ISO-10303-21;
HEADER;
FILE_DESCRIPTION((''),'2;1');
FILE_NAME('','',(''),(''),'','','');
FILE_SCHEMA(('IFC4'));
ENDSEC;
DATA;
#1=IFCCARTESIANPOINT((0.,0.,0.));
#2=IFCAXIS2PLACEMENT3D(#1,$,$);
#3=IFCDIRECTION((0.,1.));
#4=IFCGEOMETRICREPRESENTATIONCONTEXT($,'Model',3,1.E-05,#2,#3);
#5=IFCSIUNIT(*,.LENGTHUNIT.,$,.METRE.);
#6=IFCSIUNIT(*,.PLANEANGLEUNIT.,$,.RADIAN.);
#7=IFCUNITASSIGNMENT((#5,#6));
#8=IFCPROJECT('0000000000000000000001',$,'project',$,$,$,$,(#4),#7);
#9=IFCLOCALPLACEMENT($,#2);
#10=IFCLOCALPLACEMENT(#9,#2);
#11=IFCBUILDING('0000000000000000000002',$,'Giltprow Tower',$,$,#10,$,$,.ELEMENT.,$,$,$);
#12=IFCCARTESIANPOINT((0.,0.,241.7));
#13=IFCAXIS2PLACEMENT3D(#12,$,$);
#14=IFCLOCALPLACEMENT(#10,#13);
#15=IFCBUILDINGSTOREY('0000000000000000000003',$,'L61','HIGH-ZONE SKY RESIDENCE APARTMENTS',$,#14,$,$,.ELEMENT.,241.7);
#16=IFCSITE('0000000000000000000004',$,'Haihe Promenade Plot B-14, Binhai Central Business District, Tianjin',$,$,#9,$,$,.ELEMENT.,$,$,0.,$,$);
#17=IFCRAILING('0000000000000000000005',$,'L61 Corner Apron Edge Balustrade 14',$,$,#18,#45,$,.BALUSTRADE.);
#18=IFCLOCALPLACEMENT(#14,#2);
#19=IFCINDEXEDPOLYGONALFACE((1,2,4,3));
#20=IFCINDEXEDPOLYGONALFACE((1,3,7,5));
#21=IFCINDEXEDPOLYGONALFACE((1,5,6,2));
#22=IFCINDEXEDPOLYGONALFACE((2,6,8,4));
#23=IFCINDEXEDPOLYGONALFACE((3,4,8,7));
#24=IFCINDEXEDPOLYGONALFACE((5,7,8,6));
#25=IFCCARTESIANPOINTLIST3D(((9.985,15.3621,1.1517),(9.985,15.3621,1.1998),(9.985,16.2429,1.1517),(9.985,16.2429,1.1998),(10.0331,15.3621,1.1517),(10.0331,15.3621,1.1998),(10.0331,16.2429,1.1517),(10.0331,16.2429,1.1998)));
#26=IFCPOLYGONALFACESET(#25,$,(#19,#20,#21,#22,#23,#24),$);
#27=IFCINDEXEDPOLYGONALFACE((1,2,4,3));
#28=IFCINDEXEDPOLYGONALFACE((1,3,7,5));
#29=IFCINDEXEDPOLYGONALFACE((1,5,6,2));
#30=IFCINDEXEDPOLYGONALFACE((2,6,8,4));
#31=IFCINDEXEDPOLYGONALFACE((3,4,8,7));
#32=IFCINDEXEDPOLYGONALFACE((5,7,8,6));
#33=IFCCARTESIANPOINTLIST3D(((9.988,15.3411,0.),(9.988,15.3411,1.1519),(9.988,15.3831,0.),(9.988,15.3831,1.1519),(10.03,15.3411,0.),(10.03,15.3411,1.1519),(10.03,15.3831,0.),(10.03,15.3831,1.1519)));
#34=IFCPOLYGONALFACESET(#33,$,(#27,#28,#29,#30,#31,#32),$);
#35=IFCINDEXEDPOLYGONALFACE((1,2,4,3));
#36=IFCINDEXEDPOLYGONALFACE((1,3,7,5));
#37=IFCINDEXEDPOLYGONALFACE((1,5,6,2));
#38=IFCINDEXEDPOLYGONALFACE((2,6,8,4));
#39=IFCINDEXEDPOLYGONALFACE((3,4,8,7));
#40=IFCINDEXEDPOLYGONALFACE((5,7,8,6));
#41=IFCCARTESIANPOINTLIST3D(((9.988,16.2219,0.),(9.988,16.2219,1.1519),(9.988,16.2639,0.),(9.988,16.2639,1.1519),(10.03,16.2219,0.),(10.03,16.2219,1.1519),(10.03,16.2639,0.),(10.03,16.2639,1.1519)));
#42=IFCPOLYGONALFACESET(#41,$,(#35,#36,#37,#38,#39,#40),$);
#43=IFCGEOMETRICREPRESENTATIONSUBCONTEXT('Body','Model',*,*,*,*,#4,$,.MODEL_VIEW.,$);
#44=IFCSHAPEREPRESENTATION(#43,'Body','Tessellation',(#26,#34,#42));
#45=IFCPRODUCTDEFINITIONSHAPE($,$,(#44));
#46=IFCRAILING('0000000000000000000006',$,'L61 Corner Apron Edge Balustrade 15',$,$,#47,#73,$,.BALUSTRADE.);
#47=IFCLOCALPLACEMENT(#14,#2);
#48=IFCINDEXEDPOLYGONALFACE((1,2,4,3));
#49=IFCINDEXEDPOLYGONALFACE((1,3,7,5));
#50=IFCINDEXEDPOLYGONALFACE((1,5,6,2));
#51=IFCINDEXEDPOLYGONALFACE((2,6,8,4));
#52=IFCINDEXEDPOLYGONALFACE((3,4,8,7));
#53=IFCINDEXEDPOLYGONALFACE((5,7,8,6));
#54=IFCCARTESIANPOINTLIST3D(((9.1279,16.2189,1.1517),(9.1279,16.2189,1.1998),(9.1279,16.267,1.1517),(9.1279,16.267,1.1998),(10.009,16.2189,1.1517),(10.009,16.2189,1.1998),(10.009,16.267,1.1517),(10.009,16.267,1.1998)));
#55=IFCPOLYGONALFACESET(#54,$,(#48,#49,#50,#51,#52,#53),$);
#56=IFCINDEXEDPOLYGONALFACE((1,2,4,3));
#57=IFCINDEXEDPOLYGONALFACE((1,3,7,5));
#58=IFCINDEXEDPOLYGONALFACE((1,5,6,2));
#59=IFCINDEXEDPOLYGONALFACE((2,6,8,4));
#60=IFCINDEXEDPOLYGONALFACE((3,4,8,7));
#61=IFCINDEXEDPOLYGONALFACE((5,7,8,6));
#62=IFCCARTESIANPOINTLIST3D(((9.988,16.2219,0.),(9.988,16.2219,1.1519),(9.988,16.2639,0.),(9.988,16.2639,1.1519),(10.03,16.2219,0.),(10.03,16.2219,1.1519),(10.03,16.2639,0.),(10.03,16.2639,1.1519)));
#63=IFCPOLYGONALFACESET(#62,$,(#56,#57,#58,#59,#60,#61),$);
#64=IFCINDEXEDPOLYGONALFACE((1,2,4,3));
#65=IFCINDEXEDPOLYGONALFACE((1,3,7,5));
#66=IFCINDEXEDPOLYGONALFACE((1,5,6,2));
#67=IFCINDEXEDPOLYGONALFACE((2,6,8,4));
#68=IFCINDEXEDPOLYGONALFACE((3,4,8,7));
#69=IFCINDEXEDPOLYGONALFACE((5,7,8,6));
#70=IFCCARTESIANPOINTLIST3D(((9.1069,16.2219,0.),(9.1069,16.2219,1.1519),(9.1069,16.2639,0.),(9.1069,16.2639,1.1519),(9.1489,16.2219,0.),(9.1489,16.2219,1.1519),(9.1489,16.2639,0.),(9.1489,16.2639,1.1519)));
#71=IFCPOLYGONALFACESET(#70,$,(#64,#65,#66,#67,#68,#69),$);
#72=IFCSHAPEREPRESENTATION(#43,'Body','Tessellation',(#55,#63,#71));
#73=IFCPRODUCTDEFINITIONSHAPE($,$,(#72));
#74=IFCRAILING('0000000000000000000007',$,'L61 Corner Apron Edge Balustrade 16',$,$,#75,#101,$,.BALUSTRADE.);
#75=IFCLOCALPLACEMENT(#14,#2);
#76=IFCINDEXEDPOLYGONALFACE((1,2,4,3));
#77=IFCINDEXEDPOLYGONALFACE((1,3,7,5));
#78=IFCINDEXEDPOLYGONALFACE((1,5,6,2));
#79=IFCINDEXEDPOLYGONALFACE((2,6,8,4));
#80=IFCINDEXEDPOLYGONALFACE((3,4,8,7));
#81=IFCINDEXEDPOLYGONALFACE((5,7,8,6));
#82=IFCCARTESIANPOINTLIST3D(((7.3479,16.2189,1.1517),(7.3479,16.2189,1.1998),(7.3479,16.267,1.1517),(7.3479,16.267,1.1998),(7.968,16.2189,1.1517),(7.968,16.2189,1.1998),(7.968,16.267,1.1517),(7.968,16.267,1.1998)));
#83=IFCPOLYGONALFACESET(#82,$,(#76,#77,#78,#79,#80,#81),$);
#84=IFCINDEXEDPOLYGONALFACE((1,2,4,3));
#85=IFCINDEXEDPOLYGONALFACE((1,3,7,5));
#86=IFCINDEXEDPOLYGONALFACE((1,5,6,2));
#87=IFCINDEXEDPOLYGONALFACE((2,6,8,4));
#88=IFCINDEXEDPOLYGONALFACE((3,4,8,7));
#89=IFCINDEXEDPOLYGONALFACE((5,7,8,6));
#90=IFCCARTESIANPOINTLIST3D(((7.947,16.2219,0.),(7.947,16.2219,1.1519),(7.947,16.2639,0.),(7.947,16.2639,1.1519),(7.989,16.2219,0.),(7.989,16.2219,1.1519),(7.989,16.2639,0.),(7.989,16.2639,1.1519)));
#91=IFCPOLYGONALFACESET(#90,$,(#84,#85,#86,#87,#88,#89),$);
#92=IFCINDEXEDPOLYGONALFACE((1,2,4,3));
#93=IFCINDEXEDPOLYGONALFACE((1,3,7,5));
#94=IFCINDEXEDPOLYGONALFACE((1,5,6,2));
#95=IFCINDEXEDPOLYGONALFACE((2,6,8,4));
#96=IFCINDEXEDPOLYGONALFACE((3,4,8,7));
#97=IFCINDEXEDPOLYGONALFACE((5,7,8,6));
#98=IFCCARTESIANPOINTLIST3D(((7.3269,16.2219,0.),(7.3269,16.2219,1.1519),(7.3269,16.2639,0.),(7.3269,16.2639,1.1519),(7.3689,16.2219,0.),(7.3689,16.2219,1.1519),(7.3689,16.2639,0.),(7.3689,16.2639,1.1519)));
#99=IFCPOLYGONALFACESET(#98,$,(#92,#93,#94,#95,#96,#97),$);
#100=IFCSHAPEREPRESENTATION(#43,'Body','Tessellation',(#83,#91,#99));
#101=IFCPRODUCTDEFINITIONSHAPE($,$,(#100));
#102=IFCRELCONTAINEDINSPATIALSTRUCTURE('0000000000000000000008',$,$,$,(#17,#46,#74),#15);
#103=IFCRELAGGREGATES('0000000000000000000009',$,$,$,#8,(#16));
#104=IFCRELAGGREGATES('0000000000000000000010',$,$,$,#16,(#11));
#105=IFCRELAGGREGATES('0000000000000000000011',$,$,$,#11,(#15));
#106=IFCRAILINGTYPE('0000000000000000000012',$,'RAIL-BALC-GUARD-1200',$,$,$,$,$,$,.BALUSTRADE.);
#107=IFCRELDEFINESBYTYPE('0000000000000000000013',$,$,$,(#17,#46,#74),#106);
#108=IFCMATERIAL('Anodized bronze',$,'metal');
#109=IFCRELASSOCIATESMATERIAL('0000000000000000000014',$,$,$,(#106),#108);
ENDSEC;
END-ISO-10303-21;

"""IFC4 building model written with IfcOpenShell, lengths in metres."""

from ifc_helpers import new_model, si_unit, direction, frame, origin, origin_2d, place, context, subcontext, project, spatial, rectangle, extrude, material, type_object, element, save


model = new_model("IFC4")

# Units and contexts
model_context = context("Model", 3, precision=1e-05, world=origin(), true_north=direction((0.0, 1.0)))
body_context = subcontext(model_context, "Body", "Model", "MODEL_VIEW")
ifc_project = project(units=[si_unit("LENGTHUNIT", "METRE"), si_unit("PLANEANGLEUNIT", "RADIAN")], contexts=[model_context])

# Site, building, storey
site_placement = place(None, origin())
site = spatial("IfcSite", under=ifc_project, at=site_placement, Name="Haihe Promenade Plot B-14, Binhai Central Business District, Tianjin", CompositionType="ELEMENT", RefElevation=0.0)
building_placement = place(site_placement, origin())
building = spatial("IfcBuilding", under=site, at=building_placement, Name="Giltprow Tower", CompositionType="ELEMENT")
storey_placement = place(building_placement, frame((0.0, 0.0, 241.7)))
storey = spatial("IfcBuildingStorey", under=building, at=storey_placement, Name="L61", Description="HIGH-ZONE SKY RESIDENCE APARTMENTS", CompositionType="ELEMENT", Elevation=241.7)

# Shared definitions
ifc_material_1 = material(Name="Anodized bronze", Category="metal")

# Railings
railing_type = type_object("IfcRailingType", Name="RAIL-BALC-GUARD-1200", PredefinedType="BALUSTRADE", material=ifc_material_1)
railing_1_placement = place(storey_placement, frame((10.009, 15.3621, 0.0)))
element("IfcRailing", 1, at=railing_1_placement, inside=storey, type_object=railing_type, Name="L61 Corner Apron Edge Balustrade 14", PredefinedType="BALUSTRADE", context=body_context, shape_type="SweptSolid", body=[
    extrude(rectangle(XDim=0.0481, YDim=0.0481, at=origin_2d()), frame((0.0, 0.0, 1.1758), z_axis=(0.0, 1.0, 0.0), x_axis=(-1.0, 0.0, 0.0)), (0.0, 0.0, 1.0), 0.8809),
    extrude(rectangle(XDim=0.042, YDim=0.042, at=origin_2d()), origin(), (0.0, 0.0, 1.0), 1.1519),
    extrude(rectangle(XDim=0.042, YDim=0.042, at=origin_2d()), frame((0.0, 0.8809, 0.0)), (0.0, 0.0, 1.0), 1.1519),
])
railing_2_placement = place(storey_placement, frame((10.009, 16.2429, 0.0)))
element("IfcRailing", 2, at=railing_2_placement, inside=storey, type_object=railing_type, Name="L61 Corner Apron Edge Balustrade 15", PredefinedType="BALUSTRADE", context=body_context, shape_type="SweptSolid", body=[
    extrude(rectangle(XDim=0.0481, YDim=0.0481, at=origin_2d()), frame((0.0, 0.0, 1.1758), z_axis=(-1.0, 0.0, 0.0), x_axis=(0.0, -1.0, 0.0)), (0.0, 0.0, 1.0), 0.8811),
    extrude(rectangle(XDim=0.042, YDim=0.042, at=origin_2d()), origin(), (0.0, 0.0, 1.0), 1.1519),
    extrude(rectangle(XDim=0.042, YDim=0.042, at=origin_2d()), frame((-0.8811, 0.0, 0.0)), (0.0, 0.0, 1.0), 1.1519),
])
railing_3_placement = place(storey_placement, frame((7.968, 16.2429, 0.0)))
element("IfcRailing", 3, at=railing_3_placement, inside=storey, type_object=railing_type, Name="L61 Corner Apron Edge Balustrade 16", PredefinedType="BALUSTRADE", context=body_context, shape_type="SweptSolid", body=[
    extrude(rectangle(XDim=0.0481, YDim=0.0481, at=origin_2d()), frame((0.0, 0.0, 1.1758), z_axis=(-1.0, 0.0, 0.0), x_axis=(0.0, -1.0, 0.0)), (0.0, 0.0, 1.0), 0.6201),
    extrude(rectangle(XDim=0.042, YDim=0.042, at=origin_2d()), origin(), (0.0, 0.0, 1.0), 1.1519),
    extrude(rectangle(XDim=0.042, YDim=0.042, at=origin_2d()), frame((-0.6201, 0.0, 0.0)), (0.0, 0.0, 1.0), 1.1519),
])

save(model, "model.ifc")
